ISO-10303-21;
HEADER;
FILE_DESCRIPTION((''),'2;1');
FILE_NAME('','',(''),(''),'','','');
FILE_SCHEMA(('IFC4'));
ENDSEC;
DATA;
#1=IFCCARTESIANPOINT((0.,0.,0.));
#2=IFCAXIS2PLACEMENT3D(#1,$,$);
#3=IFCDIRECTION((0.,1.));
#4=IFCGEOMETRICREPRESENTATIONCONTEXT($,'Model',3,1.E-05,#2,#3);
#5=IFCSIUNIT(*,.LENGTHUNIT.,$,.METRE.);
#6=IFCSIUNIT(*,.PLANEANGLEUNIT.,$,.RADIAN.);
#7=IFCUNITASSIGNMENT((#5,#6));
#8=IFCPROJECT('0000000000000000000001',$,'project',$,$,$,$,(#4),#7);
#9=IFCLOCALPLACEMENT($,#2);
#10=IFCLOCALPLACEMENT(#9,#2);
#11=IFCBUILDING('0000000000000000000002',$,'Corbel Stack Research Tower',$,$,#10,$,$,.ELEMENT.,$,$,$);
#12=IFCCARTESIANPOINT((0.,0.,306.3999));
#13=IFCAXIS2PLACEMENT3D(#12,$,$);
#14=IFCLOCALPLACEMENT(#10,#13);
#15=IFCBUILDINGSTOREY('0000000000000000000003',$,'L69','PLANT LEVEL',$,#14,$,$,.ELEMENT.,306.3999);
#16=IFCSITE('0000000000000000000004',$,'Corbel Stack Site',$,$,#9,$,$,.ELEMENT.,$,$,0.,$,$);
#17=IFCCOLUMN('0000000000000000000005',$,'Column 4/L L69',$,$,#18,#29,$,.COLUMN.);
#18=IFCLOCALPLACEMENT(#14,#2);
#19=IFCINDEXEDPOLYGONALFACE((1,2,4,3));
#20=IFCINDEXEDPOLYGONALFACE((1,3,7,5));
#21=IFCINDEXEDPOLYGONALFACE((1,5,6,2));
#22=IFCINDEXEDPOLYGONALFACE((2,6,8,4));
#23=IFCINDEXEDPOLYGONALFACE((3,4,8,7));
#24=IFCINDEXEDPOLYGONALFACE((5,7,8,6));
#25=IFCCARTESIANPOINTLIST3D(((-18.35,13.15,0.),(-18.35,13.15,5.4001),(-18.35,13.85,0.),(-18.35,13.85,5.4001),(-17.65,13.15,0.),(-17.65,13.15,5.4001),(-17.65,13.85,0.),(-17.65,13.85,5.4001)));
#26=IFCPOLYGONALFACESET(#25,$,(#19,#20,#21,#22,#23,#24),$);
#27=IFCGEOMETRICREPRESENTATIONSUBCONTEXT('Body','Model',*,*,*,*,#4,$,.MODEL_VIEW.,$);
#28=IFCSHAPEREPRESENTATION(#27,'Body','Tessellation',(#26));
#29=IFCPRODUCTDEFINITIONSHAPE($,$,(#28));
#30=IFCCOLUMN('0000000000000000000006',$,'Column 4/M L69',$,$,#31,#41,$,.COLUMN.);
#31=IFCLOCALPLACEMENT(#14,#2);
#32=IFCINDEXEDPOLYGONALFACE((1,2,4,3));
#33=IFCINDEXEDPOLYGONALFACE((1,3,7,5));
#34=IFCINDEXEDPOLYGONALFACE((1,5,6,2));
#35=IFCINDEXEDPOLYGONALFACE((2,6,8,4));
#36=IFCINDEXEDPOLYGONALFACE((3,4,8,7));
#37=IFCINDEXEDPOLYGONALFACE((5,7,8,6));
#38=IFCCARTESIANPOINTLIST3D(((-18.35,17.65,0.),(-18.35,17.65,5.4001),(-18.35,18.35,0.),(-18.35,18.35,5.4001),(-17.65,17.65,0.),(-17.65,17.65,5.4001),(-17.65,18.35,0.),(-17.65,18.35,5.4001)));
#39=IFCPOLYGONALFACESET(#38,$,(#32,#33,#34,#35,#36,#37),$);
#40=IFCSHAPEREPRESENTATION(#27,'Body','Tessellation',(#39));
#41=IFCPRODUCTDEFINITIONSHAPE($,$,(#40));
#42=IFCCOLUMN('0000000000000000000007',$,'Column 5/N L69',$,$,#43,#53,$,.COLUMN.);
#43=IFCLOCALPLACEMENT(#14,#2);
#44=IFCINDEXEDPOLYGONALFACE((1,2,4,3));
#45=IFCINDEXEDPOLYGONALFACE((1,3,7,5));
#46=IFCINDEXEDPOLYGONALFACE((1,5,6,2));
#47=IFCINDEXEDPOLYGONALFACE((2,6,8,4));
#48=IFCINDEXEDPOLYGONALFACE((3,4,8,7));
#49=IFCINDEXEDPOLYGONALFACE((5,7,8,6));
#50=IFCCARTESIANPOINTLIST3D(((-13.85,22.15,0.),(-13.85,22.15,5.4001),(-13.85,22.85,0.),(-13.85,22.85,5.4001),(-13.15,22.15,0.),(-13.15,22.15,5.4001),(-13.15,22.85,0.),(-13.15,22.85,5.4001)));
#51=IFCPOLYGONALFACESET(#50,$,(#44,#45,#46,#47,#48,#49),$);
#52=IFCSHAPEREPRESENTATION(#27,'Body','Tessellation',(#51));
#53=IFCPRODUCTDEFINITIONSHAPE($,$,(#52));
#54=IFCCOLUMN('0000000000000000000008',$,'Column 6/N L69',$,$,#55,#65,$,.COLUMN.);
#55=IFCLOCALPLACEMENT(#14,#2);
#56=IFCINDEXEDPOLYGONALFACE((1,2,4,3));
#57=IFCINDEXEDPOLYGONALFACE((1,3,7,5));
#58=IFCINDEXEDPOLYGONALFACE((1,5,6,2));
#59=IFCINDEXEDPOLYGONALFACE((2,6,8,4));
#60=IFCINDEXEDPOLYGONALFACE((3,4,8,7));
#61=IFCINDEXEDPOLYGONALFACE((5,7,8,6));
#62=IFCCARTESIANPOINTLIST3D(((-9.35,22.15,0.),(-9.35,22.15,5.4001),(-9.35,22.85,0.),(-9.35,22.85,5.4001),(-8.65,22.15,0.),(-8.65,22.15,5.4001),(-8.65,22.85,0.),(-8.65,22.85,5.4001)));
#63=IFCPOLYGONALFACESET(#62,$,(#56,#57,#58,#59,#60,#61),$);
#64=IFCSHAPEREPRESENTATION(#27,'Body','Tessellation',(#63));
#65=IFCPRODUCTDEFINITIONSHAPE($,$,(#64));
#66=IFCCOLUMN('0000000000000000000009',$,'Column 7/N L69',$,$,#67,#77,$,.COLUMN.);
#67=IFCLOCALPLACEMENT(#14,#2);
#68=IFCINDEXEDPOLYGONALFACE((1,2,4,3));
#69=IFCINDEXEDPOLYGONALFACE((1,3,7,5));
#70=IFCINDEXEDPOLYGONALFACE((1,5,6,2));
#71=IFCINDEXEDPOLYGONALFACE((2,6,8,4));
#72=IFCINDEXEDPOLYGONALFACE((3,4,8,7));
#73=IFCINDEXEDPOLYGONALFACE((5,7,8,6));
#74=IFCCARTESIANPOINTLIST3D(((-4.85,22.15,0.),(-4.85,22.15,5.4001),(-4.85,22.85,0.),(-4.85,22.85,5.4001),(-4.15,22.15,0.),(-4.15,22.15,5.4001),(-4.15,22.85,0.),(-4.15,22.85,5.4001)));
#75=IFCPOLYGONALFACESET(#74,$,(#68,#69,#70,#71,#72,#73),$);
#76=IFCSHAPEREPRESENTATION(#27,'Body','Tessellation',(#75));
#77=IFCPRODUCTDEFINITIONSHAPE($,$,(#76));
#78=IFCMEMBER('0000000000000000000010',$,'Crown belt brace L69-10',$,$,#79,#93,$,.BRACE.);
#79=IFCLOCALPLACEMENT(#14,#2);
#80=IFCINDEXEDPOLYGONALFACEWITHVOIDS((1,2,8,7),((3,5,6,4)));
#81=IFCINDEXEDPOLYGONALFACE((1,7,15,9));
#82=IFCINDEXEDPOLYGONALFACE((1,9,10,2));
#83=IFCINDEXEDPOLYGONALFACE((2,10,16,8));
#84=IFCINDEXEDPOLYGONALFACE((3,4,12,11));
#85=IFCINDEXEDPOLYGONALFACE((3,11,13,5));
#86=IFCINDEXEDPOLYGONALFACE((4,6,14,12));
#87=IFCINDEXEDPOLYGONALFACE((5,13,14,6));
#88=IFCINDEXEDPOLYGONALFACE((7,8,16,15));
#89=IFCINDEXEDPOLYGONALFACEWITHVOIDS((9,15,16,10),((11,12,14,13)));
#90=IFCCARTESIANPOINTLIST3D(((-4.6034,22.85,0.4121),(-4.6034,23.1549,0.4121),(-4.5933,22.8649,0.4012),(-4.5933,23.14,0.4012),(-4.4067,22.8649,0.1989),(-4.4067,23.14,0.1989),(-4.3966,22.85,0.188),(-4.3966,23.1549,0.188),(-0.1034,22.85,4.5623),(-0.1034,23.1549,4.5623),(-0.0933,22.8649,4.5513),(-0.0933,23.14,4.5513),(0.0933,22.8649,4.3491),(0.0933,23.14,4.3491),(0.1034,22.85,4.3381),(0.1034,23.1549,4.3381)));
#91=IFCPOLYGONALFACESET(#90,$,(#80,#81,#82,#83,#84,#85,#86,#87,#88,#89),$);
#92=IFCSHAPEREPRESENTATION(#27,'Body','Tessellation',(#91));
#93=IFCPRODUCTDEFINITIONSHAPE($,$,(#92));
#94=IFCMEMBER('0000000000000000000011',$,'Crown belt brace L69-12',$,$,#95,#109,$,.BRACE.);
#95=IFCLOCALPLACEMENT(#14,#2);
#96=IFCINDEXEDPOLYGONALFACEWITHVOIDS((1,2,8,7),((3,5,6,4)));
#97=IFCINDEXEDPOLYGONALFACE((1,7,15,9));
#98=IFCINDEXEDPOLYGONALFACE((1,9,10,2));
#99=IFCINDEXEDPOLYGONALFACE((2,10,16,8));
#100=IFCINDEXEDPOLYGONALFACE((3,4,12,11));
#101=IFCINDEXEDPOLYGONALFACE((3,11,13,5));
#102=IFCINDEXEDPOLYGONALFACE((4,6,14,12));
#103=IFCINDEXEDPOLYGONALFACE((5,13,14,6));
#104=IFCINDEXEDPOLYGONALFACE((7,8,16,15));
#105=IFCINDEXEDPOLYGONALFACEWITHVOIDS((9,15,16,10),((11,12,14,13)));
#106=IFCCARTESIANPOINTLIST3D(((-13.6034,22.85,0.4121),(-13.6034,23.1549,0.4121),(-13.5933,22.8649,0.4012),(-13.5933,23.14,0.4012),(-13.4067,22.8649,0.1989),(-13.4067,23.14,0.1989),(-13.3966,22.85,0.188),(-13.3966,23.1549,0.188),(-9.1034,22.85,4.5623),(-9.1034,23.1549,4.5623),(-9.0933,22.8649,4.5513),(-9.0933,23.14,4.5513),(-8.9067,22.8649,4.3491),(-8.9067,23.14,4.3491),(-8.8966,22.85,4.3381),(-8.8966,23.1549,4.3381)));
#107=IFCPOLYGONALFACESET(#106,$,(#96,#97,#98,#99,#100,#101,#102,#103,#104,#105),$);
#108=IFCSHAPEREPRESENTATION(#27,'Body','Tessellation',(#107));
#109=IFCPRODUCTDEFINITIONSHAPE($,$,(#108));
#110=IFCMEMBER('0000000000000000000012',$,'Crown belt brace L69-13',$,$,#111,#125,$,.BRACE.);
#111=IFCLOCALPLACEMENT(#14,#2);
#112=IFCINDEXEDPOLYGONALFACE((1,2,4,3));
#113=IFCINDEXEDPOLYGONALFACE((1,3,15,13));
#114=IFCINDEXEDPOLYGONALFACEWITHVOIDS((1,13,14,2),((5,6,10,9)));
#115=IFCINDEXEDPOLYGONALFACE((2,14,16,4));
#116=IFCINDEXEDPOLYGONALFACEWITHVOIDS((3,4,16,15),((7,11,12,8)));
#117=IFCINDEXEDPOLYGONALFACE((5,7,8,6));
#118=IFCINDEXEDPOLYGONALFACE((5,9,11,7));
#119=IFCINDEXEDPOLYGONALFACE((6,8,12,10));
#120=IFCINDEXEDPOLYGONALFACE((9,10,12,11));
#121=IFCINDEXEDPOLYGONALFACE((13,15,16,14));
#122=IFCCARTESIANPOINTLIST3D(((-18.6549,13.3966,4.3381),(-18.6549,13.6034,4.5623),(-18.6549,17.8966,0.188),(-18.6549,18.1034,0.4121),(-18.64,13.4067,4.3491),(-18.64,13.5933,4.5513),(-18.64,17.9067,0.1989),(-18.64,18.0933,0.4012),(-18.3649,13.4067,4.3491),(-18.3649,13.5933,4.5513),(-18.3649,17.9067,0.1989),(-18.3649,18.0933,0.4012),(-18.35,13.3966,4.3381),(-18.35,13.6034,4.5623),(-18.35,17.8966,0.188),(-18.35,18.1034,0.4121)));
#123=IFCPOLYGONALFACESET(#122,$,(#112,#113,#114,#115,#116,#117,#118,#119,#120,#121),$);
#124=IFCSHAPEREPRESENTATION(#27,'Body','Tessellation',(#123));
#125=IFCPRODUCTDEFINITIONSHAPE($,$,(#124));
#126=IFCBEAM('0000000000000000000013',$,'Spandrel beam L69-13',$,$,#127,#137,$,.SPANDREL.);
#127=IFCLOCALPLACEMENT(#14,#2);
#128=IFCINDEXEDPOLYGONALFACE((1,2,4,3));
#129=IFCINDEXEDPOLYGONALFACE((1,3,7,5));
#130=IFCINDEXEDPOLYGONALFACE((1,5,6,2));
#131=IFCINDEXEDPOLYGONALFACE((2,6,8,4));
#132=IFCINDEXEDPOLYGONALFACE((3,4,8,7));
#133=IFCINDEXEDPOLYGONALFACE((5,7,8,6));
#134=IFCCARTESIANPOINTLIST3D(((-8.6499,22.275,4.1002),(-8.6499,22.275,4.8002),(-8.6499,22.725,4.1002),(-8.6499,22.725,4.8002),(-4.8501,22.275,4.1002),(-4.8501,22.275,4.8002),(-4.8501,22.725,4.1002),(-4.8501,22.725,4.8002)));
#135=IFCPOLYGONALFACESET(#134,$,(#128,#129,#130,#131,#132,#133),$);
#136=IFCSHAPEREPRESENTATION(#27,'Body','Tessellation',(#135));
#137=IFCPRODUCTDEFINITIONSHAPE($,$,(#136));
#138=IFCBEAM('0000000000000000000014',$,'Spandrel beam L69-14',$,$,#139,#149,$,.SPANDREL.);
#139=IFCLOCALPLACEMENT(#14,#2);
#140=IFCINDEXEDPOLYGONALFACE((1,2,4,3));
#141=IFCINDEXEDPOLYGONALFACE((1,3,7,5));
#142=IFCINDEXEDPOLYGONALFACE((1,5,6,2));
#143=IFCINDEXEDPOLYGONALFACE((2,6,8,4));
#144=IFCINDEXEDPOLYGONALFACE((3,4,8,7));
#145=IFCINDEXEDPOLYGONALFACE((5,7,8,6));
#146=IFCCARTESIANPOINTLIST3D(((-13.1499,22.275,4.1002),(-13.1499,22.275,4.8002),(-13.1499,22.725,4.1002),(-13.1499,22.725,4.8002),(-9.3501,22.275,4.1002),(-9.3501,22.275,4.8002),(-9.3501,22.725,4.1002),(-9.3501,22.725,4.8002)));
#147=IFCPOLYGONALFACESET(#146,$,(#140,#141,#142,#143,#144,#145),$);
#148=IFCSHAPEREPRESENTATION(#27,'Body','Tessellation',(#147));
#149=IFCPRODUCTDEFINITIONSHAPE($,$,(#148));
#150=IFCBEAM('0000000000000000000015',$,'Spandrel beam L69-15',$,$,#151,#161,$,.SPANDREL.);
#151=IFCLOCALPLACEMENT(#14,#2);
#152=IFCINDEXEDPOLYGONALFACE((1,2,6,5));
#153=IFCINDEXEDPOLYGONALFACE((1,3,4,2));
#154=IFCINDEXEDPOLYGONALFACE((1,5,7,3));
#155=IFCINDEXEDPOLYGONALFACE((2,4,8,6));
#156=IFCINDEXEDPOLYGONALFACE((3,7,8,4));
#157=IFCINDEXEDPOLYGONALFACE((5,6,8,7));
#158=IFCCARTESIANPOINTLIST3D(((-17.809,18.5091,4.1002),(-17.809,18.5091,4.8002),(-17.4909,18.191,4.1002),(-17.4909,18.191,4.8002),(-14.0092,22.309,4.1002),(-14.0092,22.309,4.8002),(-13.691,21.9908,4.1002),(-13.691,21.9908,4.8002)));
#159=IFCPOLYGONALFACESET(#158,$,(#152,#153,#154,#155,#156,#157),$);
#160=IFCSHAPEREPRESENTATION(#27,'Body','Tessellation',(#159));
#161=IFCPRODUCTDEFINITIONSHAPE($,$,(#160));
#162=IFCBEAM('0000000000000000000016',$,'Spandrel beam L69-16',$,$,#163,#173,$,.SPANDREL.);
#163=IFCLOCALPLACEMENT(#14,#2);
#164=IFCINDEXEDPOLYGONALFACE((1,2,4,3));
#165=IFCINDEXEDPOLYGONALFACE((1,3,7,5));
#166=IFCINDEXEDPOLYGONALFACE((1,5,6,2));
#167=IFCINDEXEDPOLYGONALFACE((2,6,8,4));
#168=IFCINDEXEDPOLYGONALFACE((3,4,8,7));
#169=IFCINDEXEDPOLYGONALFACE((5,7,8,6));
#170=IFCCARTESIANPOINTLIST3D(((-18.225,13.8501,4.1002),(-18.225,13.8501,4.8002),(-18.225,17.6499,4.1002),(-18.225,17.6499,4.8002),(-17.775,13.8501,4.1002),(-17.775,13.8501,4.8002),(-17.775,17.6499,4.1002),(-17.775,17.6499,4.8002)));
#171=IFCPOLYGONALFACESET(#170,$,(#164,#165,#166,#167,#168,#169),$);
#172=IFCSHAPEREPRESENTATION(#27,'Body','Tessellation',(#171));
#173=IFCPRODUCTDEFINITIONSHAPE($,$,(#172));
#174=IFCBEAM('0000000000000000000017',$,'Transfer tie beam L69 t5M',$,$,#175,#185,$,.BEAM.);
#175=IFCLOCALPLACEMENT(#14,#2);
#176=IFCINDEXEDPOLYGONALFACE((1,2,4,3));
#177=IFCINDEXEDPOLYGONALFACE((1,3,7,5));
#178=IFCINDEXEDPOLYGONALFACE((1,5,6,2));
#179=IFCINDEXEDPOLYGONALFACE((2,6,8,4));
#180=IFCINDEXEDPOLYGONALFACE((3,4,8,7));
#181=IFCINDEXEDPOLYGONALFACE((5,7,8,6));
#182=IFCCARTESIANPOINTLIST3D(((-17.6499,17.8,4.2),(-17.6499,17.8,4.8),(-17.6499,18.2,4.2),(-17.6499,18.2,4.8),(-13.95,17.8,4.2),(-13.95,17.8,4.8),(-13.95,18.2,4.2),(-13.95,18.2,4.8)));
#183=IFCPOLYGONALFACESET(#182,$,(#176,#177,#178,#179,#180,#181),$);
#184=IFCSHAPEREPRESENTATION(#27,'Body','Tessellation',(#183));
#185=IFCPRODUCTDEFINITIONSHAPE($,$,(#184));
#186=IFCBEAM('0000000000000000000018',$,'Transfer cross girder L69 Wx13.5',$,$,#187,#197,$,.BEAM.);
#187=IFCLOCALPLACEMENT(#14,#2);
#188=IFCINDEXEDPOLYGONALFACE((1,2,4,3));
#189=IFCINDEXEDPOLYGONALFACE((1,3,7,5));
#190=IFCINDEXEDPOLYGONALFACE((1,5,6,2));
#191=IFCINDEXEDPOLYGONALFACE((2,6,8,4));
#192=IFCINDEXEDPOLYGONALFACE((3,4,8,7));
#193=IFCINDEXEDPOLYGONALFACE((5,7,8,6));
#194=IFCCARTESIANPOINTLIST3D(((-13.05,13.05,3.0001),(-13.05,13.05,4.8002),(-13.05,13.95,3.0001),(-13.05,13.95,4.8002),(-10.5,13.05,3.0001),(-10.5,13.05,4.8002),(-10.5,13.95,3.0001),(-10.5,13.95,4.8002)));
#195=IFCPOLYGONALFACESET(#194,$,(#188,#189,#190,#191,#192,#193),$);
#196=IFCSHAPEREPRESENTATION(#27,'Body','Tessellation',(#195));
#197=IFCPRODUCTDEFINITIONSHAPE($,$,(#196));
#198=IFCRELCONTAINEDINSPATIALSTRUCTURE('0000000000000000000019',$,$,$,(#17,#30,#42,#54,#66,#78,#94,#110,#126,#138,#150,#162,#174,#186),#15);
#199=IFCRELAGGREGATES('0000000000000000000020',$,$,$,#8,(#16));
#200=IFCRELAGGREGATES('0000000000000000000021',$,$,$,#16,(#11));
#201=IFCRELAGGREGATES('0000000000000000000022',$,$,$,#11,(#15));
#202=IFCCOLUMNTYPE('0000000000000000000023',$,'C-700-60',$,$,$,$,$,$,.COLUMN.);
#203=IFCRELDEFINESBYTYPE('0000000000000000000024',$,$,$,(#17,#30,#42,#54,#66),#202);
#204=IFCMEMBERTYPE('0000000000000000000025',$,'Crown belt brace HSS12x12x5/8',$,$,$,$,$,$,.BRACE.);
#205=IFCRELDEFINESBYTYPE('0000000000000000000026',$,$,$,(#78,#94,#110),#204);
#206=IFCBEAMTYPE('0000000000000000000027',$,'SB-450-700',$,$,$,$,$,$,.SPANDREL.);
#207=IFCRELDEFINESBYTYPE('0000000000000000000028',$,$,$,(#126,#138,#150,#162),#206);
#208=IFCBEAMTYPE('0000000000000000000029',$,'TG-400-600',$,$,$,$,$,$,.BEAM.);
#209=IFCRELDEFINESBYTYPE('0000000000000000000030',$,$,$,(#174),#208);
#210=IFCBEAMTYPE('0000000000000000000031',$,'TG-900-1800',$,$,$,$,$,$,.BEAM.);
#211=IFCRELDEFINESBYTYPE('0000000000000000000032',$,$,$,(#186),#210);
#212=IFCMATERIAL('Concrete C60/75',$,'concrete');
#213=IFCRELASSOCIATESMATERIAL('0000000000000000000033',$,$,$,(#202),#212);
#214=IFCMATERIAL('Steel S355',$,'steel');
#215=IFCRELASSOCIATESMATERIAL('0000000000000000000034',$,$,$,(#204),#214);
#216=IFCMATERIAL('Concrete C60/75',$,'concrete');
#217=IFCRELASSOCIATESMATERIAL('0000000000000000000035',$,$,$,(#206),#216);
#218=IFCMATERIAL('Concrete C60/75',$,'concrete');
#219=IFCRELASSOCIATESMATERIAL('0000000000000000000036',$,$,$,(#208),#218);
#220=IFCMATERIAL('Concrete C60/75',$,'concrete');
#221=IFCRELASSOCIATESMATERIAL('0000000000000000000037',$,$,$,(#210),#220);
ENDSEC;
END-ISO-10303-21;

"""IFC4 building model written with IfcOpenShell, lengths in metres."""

from ifc_helpers import new_model, si_unit, direction, frame, origin, origin_2d, place, context, subcontext, project, spatial, rectangle, hollow_rectangle, extrude, material, material_profile, profile_set, type_object, element, save


model = new_model("IFC4")

# Units and contexts
model_context = context("Model", 3, precision=1e-05, world=origin(), true_north=direction((0.0, 1.0)))
body_context = subcontext(model_context, "Body", "Model", "MODEL_VIEW")
ifc_project = project(units=[si_unit("LENGTHUNIT", "METRE"), si_unit("PLANEANGLEUNIT", "RADIAN")], contexts=[model_context])

# Site, building, storey
site_placement = place(None, origin())
site = spatial("IfcSite", under=ifc_project, at=site_placement, Name="Corbel Stack Site", CompositionType="ELEMENT", RefElevation=0.0)
building_placement = place(site_placement, origin())
building = spatial("IfcBuilding", under=site, at=building_placement, Name="Corbel Stack Research Tower", CompositionType="ELEMENT")
storey_placement = place(building_placement, frame((0.0, 0.0, 306.3999)))
storey = spatial("IfcBuildingStorey", under=building, at=storey_placement, Name="L69", Description="PLANT LEVEL", CompositionType="ELEMENT", Elevation=306.3999)

# Columns
ifc_material_1 = material(Name="Concrete C60/75", Category="concrete")
ifc_material_profile_1 = material_profile(ifc_material_1, rectangle(XDim=0.7, YDim=0.7, at=origin_2d()), Name="RC 700 x 700")
ifc_profile_set_1 = profile_set([ifc_material_profile_1], Name="Concrete C60/75")
column_type = type_object("IfcColumnType", Name="C-700-60", PredefinedType="COLUMN", material=ifc_profile_set_1)
for number, where, z_axis, x_axis, name in (
    (1, (-18.0, 13.5, 0.0), (0.0, 0.0, 1.0), (1.0, 0.0, 0.0), "Column 4/L L69"),
    (2, (-18.0, 18.0, 0.0), (0.0, 0.0, 1.0), (1.0, 0.0, 0.0), "Column 4/M L69"),
    (3, (-13.5, 22.5, 0.0), (0.0, 0.0, 1.0), (1.0, 0.0, 0.0), "Column 5/N L69"),
    (4, (-9.0, 22.5, 0.0), (0.0, 0.0, 1.0), (1.0, 0.0, 0.0), "Column 6/N L69"),
    (5, (-4.5, 22.5, 0.0), (0.0, 0.0, 1.0), (1.0, 0.0, 0.0), "Column 7/N L69"),
):
    element("IfcColumn", number, at=place(storey_placement, frame(where, z_axis=z_axis, x_axis=x_axis)), inside=storey, type_object=column_type, Name=name, PredefinedType="COLUMN", context=body_context, shape_type="SweptSolid", body=[
        extrude(rectangle(XDim=0.7, YDim=0.7, at=origin_2d()), origin(), (0.0, 0.0, 1.0), 5.4001),
    ])

# Members
ifc_material_2 = material(Name="Steel S355", Category="steel")
ifc_material_profile_2 = material_profile(ifc_material_2, hollow_rectangle(XDim=0.3049, YDim=0.3049, WallThickness=0.0149, at=origin_2d()), Name="HSS12x12x5/8")
ifc_profile_set_2 = profile_set([ifc_material_profile_2], Name="Steel S355")
member_type = type_object("IfcMemberType", Name="Crown belt brace HSS12x12x5/8", PredefinedType="BRACE", material=ifc_profile_set_2)
for number, where, z_axis, x_axis, name in (
    (6, (-4.5, 23.0024, 0.3), (0.735105, 0.0, 0.677954), (0.0, 1.0, 0.0), "Crown belt brace L69-10"),
    (7, (-13.5, 23.0024, 0.3), (0.735105, 0.0, 0.677954), (0.0, 1.0, 0.0), "Crown belt brace L69-12"),
    (8, (-18.5024, 18.0, 0.3), (0.0, -0.735105, 0.677954), (1.0, 0.0, 0.0), "Crown belt brace L69-13"),
):
    element("IfcMember", number, at=place(storey_placement, frame(where, z_axis=z_axis, x_axis=x_axis)), inside=storey, type_object=member_type, Name=name, PredefinedType="BRACE", context=body_context, shape_type="SweptSolid", body=[
        extrude(hollow_rectangle(XDim=0.3049, YDim=0.3049, WallThickness=0.0149, at=origin_2d()), origin(), (0.0, 0.0, 1.0), 6.1216),
    ])

# Beams
ifc_material_3 = material(Name="Concrete C60/75", Category="concrete")
ifc_material_profile_3 = material_profile(ifc_material_3, rectangle(XDim=0.45, YDim=0.7, at=origin_2d()), Name="RC 450 x 700")
ifc_profile_set_3 = profile_set([ifc_material_profile_3], Name="Concrete C60/75")
beam_type_1 = type_object("IfcBeamType", Name="SB-450-700", PredefinedType="SPANDREL", material=ifc_profile_set_3)
for number, where, z_axis, x_axis, name in (
    (9, (-4.8501, 22.5, 4.4502), (-1.0, 0.0, 0.0), (0.0, -1.0, 0.0), "Spandrel beam L69-13"),
    (10, (-9.3501, 22.5, 4.4502), (-1.0, 0.0, 0.0), (0.0, -1.0, 0.0), "Spandrel beam L69-14"),
):
    element("IfcBeam", number, at=place(storey_placement, frame(where, z_axis=z_axis, x_axis=x_axis)), inside=storey, type_object=beam_type_1, Name=name, PredefinedType="SPANDREL", context=body_context, shape_type="SweptSolid", body=[
        extrude(rectangle(XDim=0.45, YDim=0.7, at=origin_2d()), origin(), (0.0, 0.0, 1.0), 3.7998),
    ])
beam_1_placement = place(storey_placement, frame((-13.8501, 22.1499, 4.4502), z_axis=(-0.707107, -0.707107, 0.0), x_axis=(0.707107, -0.707107, 0.0)))
element("IfcBeam", 11, at=beam_1_placement, inside=storey, type_object=beam_type_1, Name="Spandrel beam L69-15", PredefinedType="SPANDREL", context=body_context, shape_type="SweptSolid", body=[
    extrude(rectangle(XDim=0.45, YDim=0.7, at=origin_2d()), origin(), (0.0, 0.0, 1.0), 5.3738),
])
beam_2_placement = place(storey_placement, frame((-18.0, 17.6499, 4.4502), z_axis=(0.0, -1.0, 0.0), x_axis=(1.0, 0.0, 0.0)))
element("IfcBeam", 12, at=beam_2_placement, inside=storey, type_object=beam_type_1, Name="Spandrel beam L69-16", PredefinedType="SPANDREL", context=body_context, shape_type="SweptSolid", body=[
    extrude(rectangle(XDim=0.45, YDim=0.7, at=origin_2d()), origin(), (0.0, 0.0, 1.0), 3.7998),
])
ifc_material_4 = material(Name="Concrete C60/75", Category="concrete")
ifc_material_profile_4 = material_profile(ifc_material_4, rectangle(XDim=0.3999, YDim=0.6001, at=origin_2d()), Name="RC 400 x 600")
ifc_profile_set_4 = profile_set([ifc_material_profile_4], Name="Concrete C60/75")
beam_type_2 = type_object("IfcBeamType", Name="TG-400-600", PredefinedType="BEAM", material=ifc_profile_set_4)
beam_3_placement = place(storey_placement, frame((-13.95, 18.0, 4.5), z_axis=(-1.0, 0.0, 0.0), x_axis=(0.0, -1.0, 0.0)))
element("IfcBeam", 13, at=beam_3_placement, inside=storey, type_object=beam_type_2, Name="Transfer tie beam L69 t5M", PredefinedType="BEAM", context=body_context, shape_type="SweptSolid", body=[
    extrude(rectangle(XDim=0.3999, YDim=0.6001, at=origin_2d()), origin(), (0.0, 0.0, 1.0), 3.7),
])
ifc_material_5 = material(Name="Concrete C60/75", Category="concrete")
ifc_material_profile_5 = material_profile(ifc_material_5, rectangle(XDim=0.8999, YDim=1.8, at=origin_2d()), Name="RC 900 x 1800")
ifc_profile_set_5 = profile_set([ifc_material_profile_5], Name="Concrete C60/75")
beam_type_3 = type_object("IfcBeamType", Name="TG-900-1800", PredefinedType="BEAM", material=ifc_profile_set_5)
beam_4_placement = place(storey_placement, frame((-13.05, 13.5, 3.9001), z_axis=(1.0, 0.0, 0.0), x_axis=(0.0, 1.0, 0.0)))
element("IfcBeam", 14, at=beam_4_placement, inside=storey, type_object=beam_type_3, Name="Transfer cross girder L69 Wx13.5", PredefinedType="BEAM", context=body_context, shape_type="SweptSolid", body=[
    extrude(rectangle(XDim=0.8999, YDim=1.8, at=origin_2d()), origin(), (0.0, 0.0, 1.0), 2.55),
])

save(model, "model.ifc")
